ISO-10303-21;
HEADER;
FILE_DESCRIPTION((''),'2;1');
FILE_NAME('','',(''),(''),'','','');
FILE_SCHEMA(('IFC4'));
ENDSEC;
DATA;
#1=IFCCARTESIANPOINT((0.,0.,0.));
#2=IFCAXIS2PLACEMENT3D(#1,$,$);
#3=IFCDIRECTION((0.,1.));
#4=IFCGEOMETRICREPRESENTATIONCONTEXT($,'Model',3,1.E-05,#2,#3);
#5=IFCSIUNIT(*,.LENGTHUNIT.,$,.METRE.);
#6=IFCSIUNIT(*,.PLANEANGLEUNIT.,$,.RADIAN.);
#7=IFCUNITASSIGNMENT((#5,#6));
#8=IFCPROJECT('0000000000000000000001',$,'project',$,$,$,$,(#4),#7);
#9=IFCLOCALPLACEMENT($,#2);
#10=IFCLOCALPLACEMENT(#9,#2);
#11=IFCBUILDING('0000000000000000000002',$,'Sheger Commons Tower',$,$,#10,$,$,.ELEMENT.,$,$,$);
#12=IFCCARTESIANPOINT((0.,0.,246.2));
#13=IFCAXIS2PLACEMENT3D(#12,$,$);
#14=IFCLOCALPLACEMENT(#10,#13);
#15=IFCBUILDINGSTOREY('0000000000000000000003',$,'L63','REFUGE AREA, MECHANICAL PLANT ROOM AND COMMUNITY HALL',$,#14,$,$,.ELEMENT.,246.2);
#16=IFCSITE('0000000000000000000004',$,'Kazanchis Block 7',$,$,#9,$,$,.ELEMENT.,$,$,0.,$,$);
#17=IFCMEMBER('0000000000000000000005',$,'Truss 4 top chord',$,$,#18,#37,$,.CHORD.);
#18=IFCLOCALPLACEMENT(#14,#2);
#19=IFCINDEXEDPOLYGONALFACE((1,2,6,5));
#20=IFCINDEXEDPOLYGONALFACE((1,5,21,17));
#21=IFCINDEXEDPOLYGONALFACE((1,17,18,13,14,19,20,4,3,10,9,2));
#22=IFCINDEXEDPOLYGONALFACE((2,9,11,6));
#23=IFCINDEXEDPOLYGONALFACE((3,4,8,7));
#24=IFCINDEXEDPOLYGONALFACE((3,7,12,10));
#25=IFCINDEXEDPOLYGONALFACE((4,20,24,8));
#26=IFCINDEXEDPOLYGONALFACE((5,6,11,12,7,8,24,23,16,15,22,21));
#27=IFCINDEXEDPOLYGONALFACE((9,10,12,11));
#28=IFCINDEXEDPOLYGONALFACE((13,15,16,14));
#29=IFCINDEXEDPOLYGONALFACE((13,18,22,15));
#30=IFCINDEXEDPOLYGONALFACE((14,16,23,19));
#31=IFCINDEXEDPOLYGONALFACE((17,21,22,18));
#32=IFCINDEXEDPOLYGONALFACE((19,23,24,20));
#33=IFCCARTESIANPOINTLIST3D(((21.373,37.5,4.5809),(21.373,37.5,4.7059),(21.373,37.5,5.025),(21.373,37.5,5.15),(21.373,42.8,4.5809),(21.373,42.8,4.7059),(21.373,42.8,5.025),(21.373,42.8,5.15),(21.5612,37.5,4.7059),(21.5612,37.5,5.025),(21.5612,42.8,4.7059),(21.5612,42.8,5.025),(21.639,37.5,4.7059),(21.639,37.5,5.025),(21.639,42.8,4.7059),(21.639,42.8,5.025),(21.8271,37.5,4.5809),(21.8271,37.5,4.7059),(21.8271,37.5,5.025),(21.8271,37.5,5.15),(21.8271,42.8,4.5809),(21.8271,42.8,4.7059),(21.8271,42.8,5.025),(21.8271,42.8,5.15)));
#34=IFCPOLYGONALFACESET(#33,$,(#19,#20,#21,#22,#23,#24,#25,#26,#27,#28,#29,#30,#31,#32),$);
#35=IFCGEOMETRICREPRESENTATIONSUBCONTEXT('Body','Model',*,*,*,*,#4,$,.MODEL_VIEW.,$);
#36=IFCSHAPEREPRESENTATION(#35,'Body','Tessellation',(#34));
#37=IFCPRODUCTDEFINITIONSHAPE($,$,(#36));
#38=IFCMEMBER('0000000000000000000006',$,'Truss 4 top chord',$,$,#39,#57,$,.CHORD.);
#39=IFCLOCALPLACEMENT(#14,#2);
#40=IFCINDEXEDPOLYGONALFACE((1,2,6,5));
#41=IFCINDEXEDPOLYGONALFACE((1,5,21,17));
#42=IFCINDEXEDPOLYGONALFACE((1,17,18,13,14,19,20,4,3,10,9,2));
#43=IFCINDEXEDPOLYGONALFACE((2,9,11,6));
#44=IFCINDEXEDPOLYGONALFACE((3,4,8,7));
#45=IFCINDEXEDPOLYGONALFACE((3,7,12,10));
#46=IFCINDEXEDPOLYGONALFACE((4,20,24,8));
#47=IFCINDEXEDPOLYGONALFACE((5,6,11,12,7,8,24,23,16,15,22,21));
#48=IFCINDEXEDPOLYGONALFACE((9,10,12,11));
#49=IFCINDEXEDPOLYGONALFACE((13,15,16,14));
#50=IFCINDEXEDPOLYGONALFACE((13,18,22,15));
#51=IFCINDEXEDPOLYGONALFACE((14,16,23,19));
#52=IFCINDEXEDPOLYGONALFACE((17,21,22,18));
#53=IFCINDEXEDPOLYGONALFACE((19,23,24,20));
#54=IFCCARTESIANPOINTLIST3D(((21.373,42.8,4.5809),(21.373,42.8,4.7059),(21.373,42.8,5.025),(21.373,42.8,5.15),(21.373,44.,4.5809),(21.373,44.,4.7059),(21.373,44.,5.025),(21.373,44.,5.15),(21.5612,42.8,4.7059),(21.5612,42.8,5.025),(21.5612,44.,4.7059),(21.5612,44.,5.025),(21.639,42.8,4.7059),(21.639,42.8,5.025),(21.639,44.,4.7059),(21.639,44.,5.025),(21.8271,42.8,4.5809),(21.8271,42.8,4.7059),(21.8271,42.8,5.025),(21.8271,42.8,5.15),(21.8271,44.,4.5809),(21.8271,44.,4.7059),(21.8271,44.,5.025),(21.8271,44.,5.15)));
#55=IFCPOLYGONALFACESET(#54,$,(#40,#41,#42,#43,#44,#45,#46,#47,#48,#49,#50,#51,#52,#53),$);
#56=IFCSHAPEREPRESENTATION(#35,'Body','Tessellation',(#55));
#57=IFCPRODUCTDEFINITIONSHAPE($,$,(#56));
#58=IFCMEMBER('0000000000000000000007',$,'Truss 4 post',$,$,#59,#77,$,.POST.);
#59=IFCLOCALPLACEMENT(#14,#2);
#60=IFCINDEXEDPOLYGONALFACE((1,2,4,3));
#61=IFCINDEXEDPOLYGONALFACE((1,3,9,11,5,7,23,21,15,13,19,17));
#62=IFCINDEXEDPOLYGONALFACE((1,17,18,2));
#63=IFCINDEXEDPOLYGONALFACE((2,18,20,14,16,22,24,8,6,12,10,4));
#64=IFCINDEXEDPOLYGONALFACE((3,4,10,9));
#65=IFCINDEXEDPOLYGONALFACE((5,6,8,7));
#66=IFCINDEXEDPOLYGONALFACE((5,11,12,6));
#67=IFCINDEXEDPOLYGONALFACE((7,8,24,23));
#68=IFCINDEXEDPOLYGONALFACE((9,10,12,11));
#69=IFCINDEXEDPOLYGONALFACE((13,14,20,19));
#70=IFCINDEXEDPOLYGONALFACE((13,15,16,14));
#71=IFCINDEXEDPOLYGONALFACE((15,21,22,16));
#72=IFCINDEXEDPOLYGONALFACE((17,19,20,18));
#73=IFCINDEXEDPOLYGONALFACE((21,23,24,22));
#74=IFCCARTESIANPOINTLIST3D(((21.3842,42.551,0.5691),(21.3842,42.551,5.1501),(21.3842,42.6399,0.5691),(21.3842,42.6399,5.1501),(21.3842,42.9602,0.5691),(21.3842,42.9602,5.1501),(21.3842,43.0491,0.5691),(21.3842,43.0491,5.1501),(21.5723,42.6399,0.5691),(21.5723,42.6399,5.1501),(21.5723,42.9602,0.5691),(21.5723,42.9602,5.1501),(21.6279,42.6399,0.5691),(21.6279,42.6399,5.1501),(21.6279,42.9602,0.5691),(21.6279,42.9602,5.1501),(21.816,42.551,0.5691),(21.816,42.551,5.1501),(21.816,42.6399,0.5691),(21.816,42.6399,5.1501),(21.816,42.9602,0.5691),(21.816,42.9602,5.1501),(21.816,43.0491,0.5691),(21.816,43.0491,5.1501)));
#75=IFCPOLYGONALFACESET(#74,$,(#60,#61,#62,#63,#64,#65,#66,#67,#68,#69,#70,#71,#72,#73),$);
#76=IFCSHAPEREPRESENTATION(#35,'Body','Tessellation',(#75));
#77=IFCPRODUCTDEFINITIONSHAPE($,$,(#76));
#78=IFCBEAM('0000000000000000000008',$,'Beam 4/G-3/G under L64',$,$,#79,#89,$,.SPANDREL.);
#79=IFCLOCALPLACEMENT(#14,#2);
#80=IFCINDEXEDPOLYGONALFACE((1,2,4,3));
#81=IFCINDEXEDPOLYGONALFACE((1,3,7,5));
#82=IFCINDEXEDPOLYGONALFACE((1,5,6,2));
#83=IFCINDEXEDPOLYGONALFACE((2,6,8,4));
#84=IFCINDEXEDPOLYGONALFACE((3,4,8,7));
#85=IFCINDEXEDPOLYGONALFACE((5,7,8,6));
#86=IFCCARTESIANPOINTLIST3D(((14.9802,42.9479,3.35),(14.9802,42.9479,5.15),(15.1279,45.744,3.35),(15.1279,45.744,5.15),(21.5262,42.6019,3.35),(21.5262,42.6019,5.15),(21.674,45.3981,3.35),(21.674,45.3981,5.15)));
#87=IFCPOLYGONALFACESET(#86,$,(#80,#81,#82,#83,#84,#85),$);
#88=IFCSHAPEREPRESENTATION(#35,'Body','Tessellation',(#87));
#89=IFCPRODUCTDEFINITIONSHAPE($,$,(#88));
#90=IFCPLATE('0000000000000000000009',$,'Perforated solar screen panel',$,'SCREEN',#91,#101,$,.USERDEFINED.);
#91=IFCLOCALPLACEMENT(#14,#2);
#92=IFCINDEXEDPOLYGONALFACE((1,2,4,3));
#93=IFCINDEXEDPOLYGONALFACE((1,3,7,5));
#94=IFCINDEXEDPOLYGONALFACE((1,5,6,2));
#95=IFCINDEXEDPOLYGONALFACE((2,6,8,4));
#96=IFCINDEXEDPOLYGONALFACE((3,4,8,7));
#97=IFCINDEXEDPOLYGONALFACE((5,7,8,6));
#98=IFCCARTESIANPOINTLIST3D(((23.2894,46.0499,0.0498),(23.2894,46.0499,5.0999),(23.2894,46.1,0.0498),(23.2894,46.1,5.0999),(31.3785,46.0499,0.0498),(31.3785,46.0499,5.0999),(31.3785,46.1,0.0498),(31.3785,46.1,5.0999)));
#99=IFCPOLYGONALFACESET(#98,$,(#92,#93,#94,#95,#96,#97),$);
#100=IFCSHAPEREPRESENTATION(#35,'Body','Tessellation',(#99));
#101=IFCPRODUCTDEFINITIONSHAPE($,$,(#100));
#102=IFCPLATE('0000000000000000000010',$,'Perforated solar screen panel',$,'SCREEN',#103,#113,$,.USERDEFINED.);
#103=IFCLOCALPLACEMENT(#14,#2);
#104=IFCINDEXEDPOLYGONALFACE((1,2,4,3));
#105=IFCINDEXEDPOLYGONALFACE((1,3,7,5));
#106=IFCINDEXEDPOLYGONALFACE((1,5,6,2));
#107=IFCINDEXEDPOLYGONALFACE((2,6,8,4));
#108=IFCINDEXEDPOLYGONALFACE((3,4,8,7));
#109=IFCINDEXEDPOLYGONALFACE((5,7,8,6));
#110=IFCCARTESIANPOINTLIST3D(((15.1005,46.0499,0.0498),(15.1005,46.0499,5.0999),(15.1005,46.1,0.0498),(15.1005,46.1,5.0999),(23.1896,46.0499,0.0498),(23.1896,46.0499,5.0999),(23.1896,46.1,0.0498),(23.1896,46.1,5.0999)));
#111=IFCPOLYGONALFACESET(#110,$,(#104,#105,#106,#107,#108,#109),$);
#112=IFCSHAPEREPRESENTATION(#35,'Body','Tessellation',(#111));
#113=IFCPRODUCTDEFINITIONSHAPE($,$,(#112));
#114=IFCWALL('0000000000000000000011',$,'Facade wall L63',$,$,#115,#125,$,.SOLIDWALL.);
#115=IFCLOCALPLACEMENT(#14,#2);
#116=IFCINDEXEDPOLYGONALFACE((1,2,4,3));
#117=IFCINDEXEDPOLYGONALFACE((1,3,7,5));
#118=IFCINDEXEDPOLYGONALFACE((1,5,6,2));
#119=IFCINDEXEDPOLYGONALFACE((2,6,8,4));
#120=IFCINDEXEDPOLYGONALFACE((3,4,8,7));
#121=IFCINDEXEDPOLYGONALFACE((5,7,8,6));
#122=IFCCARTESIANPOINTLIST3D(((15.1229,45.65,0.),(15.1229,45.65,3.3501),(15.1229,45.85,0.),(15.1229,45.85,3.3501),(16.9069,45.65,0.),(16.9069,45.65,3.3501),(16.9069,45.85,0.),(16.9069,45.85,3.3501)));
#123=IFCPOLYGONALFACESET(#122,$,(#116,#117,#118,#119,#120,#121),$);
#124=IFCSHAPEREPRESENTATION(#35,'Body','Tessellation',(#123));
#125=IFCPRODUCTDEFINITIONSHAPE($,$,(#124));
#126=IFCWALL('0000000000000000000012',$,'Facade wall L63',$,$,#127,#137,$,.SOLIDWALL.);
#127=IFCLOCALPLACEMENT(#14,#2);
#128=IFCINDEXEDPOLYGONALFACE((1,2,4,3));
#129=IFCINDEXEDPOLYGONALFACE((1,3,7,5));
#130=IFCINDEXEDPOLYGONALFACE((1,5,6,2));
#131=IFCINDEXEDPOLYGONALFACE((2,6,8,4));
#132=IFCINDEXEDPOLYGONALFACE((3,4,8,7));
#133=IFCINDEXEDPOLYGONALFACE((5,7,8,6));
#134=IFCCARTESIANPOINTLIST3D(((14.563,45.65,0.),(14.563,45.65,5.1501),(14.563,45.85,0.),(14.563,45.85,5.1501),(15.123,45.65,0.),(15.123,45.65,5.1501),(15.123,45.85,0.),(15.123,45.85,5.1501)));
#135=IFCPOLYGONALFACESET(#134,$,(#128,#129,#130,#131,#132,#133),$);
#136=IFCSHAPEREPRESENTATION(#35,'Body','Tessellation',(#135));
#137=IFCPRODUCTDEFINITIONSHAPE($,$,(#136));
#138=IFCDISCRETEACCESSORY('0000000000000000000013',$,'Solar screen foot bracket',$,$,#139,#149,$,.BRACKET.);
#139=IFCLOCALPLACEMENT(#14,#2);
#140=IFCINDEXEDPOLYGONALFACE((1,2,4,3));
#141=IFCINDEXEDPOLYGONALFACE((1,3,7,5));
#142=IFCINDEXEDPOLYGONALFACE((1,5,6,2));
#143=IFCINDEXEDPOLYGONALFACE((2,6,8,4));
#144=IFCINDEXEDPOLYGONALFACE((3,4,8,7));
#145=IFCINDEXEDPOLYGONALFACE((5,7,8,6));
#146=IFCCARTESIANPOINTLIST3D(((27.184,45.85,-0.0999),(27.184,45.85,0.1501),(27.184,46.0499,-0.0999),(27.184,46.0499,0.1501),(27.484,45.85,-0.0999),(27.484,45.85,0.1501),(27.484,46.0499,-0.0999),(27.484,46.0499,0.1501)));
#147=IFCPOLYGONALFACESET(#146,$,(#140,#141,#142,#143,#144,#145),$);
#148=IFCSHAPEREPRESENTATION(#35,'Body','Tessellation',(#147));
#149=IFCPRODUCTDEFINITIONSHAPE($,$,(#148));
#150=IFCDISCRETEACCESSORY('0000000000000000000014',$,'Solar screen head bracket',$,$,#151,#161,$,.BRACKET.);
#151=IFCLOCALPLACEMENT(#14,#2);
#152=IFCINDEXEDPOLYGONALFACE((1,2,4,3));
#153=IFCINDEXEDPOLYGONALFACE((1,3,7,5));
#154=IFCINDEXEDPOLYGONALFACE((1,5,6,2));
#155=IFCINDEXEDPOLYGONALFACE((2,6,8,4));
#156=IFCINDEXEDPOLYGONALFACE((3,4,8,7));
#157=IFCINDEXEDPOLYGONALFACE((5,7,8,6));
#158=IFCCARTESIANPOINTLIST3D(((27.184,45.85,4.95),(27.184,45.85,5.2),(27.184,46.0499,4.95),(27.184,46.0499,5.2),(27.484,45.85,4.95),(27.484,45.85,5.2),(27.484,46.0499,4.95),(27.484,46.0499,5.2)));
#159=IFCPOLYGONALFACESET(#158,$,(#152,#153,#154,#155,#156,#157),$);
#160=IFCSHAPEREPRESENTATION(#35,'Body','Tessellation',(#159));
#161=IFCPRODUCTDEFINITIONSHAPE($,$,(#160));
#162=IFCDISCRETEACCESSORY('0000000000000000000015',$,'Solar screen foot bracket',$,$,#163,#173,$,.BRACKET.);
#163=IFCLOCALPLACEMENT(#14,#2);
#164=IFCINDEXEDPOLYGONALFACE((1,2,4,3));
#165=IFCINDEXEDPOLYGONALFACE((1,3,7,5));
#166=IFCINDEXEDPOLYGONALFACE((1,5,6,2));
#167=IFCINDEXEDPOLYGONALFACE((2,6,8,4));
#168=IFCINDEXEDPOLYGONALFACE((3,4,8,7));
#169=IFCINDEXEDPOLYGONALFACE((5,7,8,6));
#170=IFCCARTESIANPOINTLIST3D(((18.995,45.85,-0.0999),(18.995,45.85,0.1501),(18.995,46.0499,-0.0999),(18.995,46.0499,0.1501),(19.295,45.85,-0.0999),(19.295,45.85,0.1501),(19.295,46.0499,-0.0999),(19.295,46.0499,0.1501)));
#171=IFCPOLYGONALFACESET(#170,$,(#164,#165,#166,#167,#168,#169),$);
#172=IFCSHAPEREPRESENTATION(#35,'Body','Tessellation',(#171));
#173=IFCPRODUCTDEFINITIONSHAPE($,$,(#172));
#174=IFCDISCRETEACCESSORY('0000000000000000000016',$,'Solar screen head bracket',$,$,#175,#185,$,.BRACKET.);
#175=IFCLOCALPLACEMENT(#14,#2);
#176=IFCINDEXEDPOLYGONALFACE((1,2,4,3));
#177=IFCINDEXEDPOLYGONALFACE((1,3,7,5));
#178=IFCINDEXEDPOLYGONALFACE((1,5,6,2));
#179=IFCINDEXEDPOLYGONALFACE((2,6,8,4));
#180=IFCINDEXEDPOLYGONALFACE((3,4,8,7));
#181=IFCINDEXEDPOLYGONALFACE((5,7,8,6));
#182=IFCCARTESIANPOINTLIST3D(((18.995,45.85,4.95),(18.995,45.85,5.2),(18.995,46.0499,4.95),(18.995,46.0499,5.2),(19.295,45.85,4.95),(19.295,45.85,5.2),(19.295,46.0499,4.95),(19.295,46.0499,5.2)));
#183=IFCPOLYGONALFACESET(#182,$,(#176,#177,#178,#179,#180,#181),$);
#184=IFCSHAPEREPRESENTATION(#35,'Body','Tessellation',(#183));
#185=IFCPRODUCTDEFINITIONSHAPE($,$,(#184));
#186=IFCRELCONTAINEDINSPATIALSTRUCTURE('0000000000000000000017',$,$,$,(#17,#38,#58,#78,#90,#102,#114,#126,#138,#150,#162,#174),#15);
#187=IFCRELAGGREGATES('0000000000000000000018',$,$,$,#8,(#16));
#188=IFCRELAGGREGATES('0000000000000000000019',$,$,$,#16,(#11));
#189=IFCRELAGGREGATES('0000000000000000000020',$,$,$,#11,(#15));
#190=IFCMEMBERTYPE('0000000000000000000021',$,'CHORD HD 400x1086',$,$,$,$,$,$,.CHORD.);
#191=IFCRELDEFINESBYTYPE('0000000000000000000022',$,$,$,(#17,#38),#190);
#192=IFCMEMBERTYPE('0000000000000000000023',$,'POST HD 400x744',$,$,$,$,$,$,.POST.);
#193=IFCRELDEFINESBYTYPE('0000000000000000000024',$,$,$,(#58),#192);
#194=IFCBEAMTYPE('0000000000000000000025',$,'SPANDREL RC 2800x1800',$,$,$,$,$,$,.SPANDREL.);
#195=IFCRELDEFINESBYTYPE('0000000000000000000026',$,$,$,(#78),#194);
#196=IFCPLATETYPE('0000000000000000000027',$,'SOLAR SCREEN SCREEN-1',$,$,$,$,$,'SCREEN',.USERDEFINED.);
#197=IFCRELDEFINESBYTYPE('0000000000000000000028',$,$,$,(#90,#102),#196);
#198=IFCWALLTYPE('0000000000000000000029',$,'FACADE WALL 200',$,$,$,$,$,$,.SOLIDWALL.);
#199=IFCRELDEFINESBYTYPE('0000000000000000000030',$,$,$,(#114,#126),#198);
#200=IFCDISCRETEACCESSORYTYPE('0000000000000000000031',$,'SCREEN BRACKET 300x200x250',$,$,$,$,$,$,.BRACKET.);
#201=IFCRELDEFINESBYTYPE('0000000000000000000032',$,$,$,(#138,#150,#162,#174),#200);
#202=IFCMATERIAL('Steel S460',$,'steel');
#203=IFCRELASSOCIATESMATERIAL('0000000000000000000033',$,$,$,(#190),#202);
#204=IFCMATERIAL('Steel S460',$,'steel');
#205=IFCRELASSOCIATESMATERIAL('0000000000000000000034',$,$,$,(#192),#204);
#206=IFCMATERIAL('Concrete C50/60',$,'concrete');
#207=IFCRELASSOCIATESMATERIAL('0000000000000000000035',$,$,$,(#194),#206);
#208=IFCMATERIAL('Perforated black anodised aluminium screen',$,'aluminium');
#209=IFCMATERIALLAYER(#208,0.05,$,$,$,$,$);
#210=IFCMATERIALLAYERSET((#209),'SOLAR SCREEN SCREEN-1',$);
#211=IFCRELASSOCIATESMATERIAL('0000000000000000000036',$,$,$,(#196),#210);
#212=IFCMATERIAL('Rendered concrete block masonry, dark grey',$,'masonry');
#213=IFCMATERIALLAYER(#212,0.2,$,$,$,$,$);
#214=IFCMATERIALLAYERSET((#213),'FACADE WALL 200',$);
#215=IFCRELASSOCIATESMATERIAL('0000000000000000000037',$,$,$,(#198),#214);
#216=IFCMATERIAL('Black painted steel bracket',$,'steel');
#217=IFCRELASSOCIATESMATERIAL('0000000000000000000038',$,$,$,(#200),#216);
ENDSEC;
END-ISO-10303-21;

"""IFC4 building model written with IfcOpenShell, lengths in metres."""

from ifc_helpers import new_model, si_unit, direction, frame, frame_2d, origin, origin_2d, place, context, subcontext, project, spatial, rectangle, i_section, extrude, material, layer, layer_set, material_profile, profile_set, type_object, element, save


model = new_model("IFC4")

# Units and contexts
model_context = context("Model", 3, precision=1e-05, world=origin(), true_north=direction((0.0, 1.0)))
body_context = subcontext(model_context, "Body", "Model", "MODEL_VIEW")
ifc_project = project(units=[si_unit("LENGTHUNIT", "METRE"), si_unit("PLANEANGLEUNIT", "RADIAN")], contexts=[model_context])

# Site, building, storey
site_placement = place(None, origin())
site = spatial("IfcSite", under=ifc_project, at=site_placement, Name="Kazanchis Block 7", CompositionType="ELEMENT", RefElevation=0.0)
building_placement = place(site_placement, origin())
building = spatial("IfcBuilding", under=site, at=building_placement, Name="Sheger Commons Tower", CompositionType="ELEMENT")
storey_placement = place(building_placement, frame((0.0, 0.0, 246.2)))
storey = spatial("IfcBuildingStorey", under=building, at=storey_placement, Name="L63", Description="REFUGE AREA, MECHANICAL PLANT ROOM AND COMMUNITY HALL", CompositionType="ELEMENT", Elevation=246.2)

# Members
ifc_material_1 = material(Name="Steel S460", Category="steel")
ifc_material_profile_1 = material_profile(ifc_material_1, i_section(OverallWidth=0.4541, OverallDepth=0.5691, WebThickness=0.0779, FlangeThickness=0.125, at=origin_2d()), Name="HD 400x1086")
ifc_profile_set_1 = profile_set([ifc_material_profile_1], Name="Steel S460")
member_type_1 = type_object("IfcMemberType", Name="CHORD HD 400x1086", PredefinedType="CHORD", material=ifc_profile_set_1)
member_1_placement = place(storey_placement, frame((21.6001, 37.5, 4.8655), z_axis=(0.0, 1.0, 0.0), x_axis=(-1.0, 0.0, 0.0)))
element("IfcMember", 1, at=member_1_placement, inside=storey, type_object=member_type_1, Name="Truss 4 top chord", PredefinedType="CHORD", context=body_context, shape_type="SweptSolid", body=[
    extrude(i_section(OverallWidth=0.4541, OverallDepth=0.5691, WebThickness=0.0779, FlangeThickness=0.125, at=origin_2d()), origin(), (0.0, 0.0, 1.0), 5.3),
])
member_2_placement = place(storey_placement, frame((21.6001, 42.8, 4.8655), z_axis=(0.0, 1.0, 0.0), x_axis=(-1.0, 0.0, 0.0)))
element("IfcMember", 2, at=member_2_placement, inside=storey, type_object=member_type_1, Name="Truss 4 top chord", PredefinedType="CHORD", context=body_context, shape_type="SweptSolid", body=[
    extrude(i_section(OverallWidth=0.4541, OverallDepth=0.5691, WebThickness=0.0779, FlangeThickness=0.125, at=origin_2d()), origin(), (0.0, 0.0, 1.0), 1.2),
])
ifc_material_2 = material(Name="Steel S460", Category="steel")
ifc_material_profile_2 = material_profile(ifc_material_2, i_section(OverallWidth=0.4319, OverallDepth=0.498, WebThickness=0.0557, FlangeThickness=0.0889, at=origin_2d()), Name="HD 400x744")
ifc_profile_set_2 = profile_set([ifc_material_profile_2], Name="Steel S460")
member_type_2 = type_object("IfcMemberType", Name="POST HD 400x744", PredefinedType="POST", material=ifc_profile_set_2)
member_3_placement = place(storey_placement, frame((21.6001, 42.8, 0.5691), z_axis=(0.0, 0.0, 1.0), x_axis=(1.0, 0.0, 0.0)))
element("IfcMember", 3, at=member_3_placement, inside=storey, type_object=member_type_2, Name="Truss 4 post", PredefinedType="POST", context=body_context, shape_type="SweptSolid", body=[
    extrude(i_section(OverallWidth=0.4319, OverallDepth=0.498, WebThickness=0.0557, FlangeThickness=0.0889, at=origin_2d()), origin(), (0.0, 0.0, 1.0), 4.5811),
])

# Beam
ifc_material_3 = material(Name="Concrete C50/60", Category="concrete")
ifc_material_profile_3 = material_profile(ifc_material_3, rectangle(XDim=2.8, YDim=1.8, at=origin_2d()), Name="RC 2800x1800")
ifc_profile_set_3 = profile_set([ifc_material_profile_3], Name="Concrete C50/60")
beam_type_1 = type_object("IfcBeamType", Name="SPANDREL RC 2800x1800", PredefinedType="SPANDREL", material=ifc_profile_set_3)
beam_1_placement = place(storey_placement, frame((21.6001, 44.0, 4.25), z_axis=(-0.998606, 0.052774, 0.0), x_axis=(-0.052774, -0.998606, 0.0)))
element("IfcBeam", 4, at=beam_1_placement, inside=storey, type_object=beam_type_1, Name="Beam 4/G-3/G under L64", PredefinedType="SPANDREL", context=body_context, shape_type="SweptSolid", body=[
    extrude(rectangle(XDim=2.8, YDim=1.8, at=origin_2d()), origin(), (0.0, 0.0, 1.0), 6.5552),
])

# Plates
ifc_material_4 = material(Name="Perforated black anodised aluminium screen", Category="aluminium")
ifc_layer_1 = layer(ifc_material_4, 0.05)
ifc_layer_set_1 = layer_set([ifc_layer_1], Name="SOLAR SCREEN SCREEN-1")
plate_type = type_object("IfcPlateType", Name="SOLAR SCREEN SCREEN-1", ElementType="SCREEN", PredefinedType="USERDEFINED", material=ifc_layer_set_1)
for number, where, z_axis, x_axis, name in (
    (5, (27.334, 46.075, 0.0498), (0.0, 0.0, 1.0), (-1.0, 0.0, 0.0), "Perforated solar screen panel"),
    (6, (19.145, 46.075, 0.0498), (0.0, 0.0, 1.0), (-1.0, 0.0, 0.0), "Perforated solar screen panel"),
):
    element("IfcPlate", number, at=place(storey_placement, frame(where, z_axis=z_axis, x_axis=x_axis)), inside=storey, type_object=plate_type, Name=name, ObjectType="SCREEN", PredefinedType="USERDEFINED", context=body_context, shape_type="SweptSolid", body=[
        extrude(rectangle(XDim=8.0891, YDim=0.05, at=origin_2d()), origin(), (0.0, 0.0, 1.0), 5.05),
    ])

# Walls
ifc_material_5 = material(Name="Rendered concrete block masonry, dark grey", Category="masonry")
ifc_layer_2 = layer(ifc_material_5, 0.2)
ifc_layer_set_2 = layer_set([ifc_layer_2], Name="FACADE WALL 200")
wall_type = type_object("IfcWallType", Name="FACADE WALL 200", PredefinedType="SOLIDWALL", material=ifc_layer_set_2)
wall_1_placement = place(storey_placement, frame((16.907, 45.75, 0.0), z_axis=(0.0, 0.0, 1.0), x_axis=(-1.0, 0.0, 0.0)))
element("IfcWall", 7, at=wall_1_placement, inside=storey, type_object=wall_type, Name="Facade wall L63", PredefinedType="SOLIDWALL", context=body_context, shape_type="SweptSolid", body=[
    extrude(rectangle(XDim=1.7839, YDim=0.2, at=frame_2d((0.8921, 0.0))), origin(), (0.0, 0.0, 1.0), 3.3501),
])
wall_2_placement = place(storey_placement, frame((15.123, 45.75, 0.0), z_axis=(0.0, 0.0, 1.0), x_axis=(-1.0, 0.0, 0.0)))
element("IfcWall", 8, at=wall_2_placement, inside=storey, type_object=wall_type, Name="Facade wall L63", PredefinedType="SOLIDWALL", context=body_context, shape_type="SweptSolid", body=[
    extrude(rectangle(XDim=0.5601, YDim=0.2, at=frame_2d((0.28, 0.0))), origin(), (0.0, 0.0, 1.0), 5.1501),
])

# Discrete accessories
ifc_material_6 = material(Name="Black painted steel bracket", Category="steel")
discrete_accessory_type = type_object("IfcDiscreteAccessoryType", Name="SCREEN BRACKET 300x200x250", PredefinedType="BRACKET", material=ifc_material_6)
for number, where, z_axis, x_axis, name in (
    (9, (27.334, 45.95, -0.0999), (0.0, 0.0, 1.0), (-1.0, 0.0, 0.0), "Solar screen foot bracket"),
    (10, (27.334, 45.95, 4.95), (0.0, 0.0, 1.0), (-1.0, 0.0, 0.0), "Solar screen head bracket"),
    (11, (19.145, 45.95, -0.0999), (0.0, 0.0, 1.0), (-1.0, 0.0, 0.0), "Solar screen foot bracket"),
    (12, (19.145, 45.95, 4.95), (0.0, 0.0, 1.0), (-1.0, 0.0, 0.0), "Solar screen head bracket"),
):
    element("IfcDiscreteAccessory", number, at=place(storey_placement, frame(where, z_axis=z_axis, x_axis=x_axis)), inside=storey, type_object=discrete_accessory_type, Name=name, PredefinedType="BRACKET", context=body_context, shape_type="SweptSolid", body=[
        extrude(rectangle(XDim=0.3, YDim=0.2, at=origin_2d()), origin(), (0.0, 0.0, 1.0), 0.25),
    ])

save(model, "model.ifc")
